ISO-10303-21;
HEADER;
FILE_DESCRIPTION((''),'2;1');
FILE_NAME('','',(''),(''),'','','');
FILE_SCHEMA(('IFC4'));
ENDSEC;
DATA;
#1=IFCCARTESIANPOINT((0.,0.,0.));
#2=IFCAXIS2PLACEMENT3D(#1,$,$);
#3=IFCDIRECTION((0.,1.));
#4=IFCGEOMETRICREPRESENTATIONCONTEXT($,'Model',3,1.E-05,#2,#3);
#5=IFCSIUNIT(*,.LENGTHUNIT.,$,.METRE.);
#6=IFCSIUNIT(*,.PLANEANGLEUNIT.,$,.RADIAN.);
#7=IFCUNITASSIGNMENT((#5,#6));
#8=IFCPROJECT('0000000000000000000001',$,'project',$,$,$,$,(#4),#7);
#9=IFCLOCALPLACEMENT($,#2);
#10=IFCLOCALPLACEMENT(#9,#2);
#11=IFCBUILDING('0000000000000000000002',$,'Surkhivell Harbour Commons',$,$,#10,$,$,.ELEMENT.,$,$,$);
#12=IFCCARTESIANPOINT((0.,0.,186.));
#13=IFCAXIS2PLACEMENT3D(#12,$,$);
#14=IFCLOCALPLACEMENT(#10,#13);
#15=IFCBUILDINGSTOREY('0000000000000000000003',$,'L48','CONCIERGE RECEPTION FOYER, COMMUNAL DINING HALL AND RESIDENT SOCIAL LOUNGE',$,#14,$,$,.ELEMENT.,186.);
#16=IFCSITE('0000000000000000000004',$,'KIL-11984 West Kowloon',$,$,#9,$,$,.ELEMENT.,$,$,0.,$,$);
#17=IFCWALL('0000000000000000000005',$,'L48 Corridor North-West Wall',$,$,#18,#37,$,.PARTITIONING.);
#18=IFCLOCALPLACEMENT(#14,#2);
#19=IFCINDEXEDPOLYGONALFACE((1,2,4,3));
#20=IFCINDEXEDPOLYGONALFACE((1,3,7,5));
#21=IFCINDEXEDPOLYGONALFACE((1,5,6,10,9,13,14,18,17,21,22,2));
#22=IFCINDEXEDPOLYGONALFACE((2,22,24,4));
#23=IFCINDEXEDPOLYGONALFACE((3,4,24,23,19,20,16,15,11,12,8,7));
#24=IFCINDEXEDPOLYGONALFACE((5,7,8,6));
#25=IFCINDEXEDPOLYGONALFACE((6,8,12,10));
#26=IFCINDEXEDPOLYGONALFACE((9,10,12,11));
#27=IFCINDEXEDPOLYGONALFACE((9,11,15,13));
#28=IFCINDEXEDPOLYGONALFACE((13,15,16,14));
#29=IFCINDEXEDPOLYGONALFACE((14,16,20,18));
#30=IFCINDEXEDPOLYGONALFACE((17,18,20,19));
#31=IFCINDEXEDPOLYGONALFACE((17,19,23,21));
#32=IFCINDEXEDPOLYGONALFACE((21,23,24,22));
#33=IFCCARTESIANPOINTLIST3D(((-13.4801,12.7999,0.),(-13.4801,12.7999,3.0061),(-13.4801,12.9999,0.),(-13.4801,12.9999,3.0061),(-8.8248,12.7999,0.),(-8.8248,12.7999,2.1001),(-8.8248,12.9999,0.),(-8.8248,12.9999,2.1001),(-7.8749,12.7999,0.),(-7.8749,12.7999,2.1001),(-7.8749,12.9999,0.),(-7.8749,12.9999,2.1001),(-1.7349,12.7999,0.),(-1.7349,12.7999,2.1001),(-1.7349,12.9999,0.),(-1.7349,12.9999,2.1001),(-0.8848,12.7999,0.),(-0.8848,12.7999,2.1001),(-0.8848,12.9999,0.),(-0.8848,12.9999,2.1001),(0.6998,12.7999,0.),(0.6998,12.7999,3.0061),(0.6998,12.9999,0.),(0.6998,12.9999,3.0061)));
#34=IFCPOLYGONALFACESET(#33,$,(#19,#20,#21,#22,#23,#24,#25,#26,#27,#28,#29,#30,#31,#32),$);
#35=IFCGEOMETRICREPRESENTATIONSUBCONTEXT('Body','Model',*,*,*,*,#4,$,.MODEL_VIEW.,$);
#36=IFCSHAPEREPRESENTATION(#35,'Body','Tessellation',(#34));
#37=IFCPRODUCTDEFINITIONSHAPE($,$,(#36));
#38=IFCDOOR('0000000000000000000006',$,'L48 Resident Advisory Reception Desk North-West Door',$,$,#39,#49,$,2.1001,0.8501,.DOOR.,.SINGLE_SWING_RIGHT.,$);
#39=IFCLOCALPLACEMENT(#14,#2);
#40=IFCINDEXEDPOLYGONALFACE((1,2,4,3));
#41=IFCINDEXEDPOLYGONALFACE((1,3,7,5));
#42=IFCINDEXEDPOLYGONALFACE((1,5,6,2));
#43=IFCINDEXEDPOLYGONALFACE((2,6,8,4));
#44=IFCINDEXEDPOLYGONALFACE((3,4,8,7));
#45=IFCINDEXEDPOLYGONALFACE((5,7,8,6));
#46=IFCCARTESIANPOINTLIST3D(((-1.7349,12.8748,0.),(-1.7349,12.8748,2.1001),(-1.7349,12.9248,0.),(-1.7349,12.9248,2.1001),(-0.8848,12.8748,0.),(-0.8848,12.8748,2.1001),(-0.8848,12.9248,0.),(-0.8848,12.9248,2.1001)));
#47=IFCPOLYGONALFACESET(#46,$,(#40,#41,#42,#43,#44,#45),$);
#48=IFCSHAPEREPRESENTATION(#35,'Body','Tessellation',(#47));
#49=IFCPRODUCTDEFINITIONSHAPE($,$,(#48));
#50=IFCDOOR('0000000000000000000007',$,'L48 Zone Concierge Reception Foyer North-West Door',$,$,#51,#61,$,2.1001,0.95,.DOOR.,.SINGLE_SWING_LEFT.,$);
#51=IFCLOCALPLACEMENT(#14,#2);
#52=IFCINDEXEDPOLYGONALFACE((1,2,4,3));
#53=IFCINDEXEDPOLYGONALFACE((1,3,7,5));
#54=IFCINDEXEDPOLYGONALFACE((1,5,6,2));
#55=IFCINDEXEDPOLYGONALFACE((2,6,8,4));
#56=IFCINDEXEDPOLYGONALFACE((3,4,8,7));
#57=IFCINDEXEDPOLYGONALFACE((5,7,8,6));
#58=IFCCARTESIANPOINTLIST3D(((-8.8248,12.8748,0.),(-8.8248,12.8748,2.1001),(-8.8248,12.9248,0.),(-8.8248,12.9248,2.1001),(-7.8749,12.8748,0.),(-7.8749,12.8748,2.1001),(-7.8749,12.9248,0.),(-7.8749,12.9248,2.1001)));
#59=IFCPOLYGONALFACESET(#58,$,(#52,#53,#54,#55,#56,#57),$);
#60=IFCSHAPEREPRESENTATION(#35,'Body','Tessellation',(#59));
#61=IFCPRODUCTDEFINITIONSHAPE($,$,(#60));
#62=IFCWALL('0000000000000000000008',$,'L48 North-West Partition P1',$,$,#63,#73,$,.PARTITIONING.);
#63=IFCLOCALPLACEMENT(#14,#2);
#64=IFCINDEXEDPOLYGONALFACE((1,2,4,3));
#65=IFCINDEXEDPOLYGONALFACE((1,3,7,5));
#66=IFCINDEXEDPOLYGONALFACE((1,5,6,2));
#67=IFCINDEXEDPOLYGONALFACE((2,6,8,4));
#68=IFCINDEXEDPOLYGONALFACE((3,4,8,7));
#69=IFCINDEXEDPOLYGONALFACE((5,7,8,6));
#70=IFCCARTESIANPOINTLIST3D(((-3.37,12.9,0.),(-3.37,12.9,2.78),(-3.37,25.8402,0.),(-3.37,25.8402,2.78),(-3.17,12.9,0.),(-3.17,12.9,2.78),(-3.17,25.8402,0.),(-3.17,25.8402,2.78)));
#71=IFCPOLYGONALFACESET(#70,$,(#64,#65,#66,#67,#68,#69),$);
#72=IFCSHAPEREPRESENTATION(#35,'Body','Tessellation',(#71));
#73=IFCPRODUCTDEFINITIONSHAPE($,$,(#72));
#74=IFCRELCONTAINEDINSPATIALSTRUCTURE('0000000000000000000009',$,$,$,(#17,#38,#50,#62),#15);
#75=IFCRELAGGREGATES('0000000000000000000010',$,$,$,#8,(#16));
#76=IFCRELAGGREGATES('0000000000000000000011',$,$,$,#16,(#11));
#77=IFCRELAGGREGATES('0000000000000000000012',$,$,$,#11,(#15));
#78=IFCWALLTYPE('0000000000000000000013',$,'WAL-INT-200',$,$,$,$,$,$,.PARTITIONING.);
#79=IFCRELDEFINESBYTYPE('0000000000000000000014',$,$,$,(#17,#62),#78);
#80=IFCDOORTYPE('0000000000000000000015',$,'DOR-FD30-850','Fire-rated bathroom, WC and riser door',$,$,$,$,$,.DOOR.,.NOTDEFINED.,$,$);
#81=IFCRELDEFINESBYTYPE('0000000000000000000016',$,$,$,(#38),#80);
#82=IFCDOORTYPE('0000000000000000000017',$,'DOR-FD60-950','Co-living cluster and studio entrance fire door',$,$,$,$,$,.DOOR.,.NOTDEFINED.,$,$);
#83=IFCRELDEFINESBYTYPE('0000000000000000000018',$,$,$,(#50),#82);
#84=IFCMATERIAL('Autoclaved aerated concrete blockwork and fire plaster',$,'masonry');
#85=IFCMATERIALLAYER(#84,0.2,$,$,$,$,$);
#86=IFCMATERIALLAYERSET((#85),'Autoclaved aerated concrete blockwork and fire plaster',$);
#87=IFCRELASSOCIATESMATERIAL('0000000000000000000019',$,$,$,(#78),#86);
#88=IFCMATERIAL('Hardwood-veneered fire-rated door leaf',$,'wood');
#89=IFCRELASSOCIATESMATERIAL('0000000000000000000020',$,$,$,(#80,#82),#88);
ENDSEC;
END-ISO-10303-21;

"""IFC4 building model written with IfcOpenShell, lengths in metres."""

from ifc_helpers import new_model, si_unit, direction, frame, frame_2d, origin, place, context, subcontext, project, spatial, rectangle, extrude, material, layer, layer_set, type_object, element, fill, save


model = new_model("IFC4")

# Units and contexts
model_context = context("Model", 3, precision=1e-05, world=origin(), true_north=direction((0.0, 1.0)))
body_context = subcontext(model_context, "Body", "Model", "MODEL_VIEW")
ifc_project = project(units=[si_unit("LENGTHUNIT", "METRE"), si_unit("PLANEANGLEUNIT", "RADIAN")], contexts=[model_context])

# Site, building, storey
site_placement = place(None, origin())
site = spatial("IfcSite", under=ifc_project, at=site_placement, Name="KIL-11984 West Kowloon", CompositionType="ELEMENT", RefElevation=0.0)
building_placement = place(site_placement, origin())
building = spatial("IfcBuilding", under=site, at=building_placement, Name="Surkhivell Harbour Commons", CompositionType="ELEMENT")
storey_placement = place(building_placement, frame((0.0, 0.0, 186.0)))
storey = spatial("IfcBuildingStorey", under=building, at=storey_placement, Name="L48", Description="CONCIERGE RECEPTION FOYER, COMMUNAL DINING HALL AND RESIDENT SOCIAL LOUNGE", CompositionType="ELEMENT", Elevation=186.0)

# Shared definitions
ifc_material_1 = material(Name="Hardwood-veneered fire-rated door leaf", Category="wood")

# Shared definitions
ifc_material_2 = material(Name="Autoclaved aerated concrete blockwork and fire plaster", Category="masonry")
ifc_layer_1 = layer(ifc_material_2, 0.2)
ifc_layer_set_1 = layer_set([ifc_layer_1], Name="Autoclaved aerated concrete blockwork and fire plaster")
wall_type_1 = type_object("IfcWallType", Name="WAL-INT-200", PredefinedType="PARTITIONING", material=ifc_layer_set_1)

# Wall, openings, doors
wall_1_placement = place(storey_placement, frame((-13.48, 12.8999, 0.0), z_axis=(0.0, 0.0, 1.0), x_axis=(1.0, 0.0, 0.0)))
wall_1 = element("IfcWall", 1, at=wall_1_placement, inside=storey, type_object=wall_type_1, Name="L48 Corridor North-West Wall", PredefinedType="PARTITIONING", context=body_context, shape_type="SweptSolid", body=[
    extrude(rectangle(XDim=14.1799, YDim=0.2, at=frame_2d((7.0898, 0.0))), origin(), (0.0, 0.0, 1.0), 3.0061),
])
opening_1_placement = place(wall_1_placement, frame((4.655, 0.0, 0.0)))
opening_1 = element("IfcOpeningElement", 2, at=opening_1_placement, cuts=wall_1, PredefinedType="OPENING", context=body_context, shape_type="SweptSolid", body=[
    extrude(rectangle(XDim=0.95, YDim=2.1001, at=frame_2d((0.4751, 1.05))), frame((0.0, 0.1099, 0.0), z_axis=(0.0, -1.0, 0.0), x_axis=(1.0, 0.0, 0.0)), (0.0, 0.0, 1.0), 0.22),
])
opening_2_placement = place(wall_1_placement, frame((11.7451, 0.0, 0.0)))
opening_2 = element("IfcOpeningElement", 3, at=opening_2_placement, cuts=wall_1, PredefinedType="OPENING", context=body_context, shape_type="SweptSolid", body=[
    extrude(rectangle(XDim=0.8501, YDim=2.1001, at=frame_2d((0.425, 1.05))), frame((0.0, 0.1099, 0.0), z_axis=(0.0, -1.0, 0.0), x_axis=(1.0, 0.0, 0.0)), (0.0, 0.0, 1.0), 0.22),
])
door_type_1 = type_object("IfcDoorType", Name="DOR-FD30-850", Description="Fire-rated bathroom, WC and riser door", OperationType="NOTDEFINED", PredefinedType="DOOR", material=ifc_material_1)
door_1_placement = place(opening_2_placement, origin())
door_1 = element("IfcDoor", 4, at=door_1_placement, inside=storey, type_object=door_type_1, Name="L48 Resident Advisory Reception Desk North-West Door", OperationType="SINGLE_SWING_RIGHT", OverallHeight=2.1001, OverallWidth=0.8501, PredefinedType="DOOR", context=body_context, shape_type="SweptSolid", body=[
    extrude(rectangle(XDim=0.8501, YDim=2.1001, at=frame_2d((0.425, 1.05))), frame((0.0, 0.0249, 0.0), z_axis=(0.0, -1.0, 0.0), x_axis=(1.0, 0.0, 0.0)), (0.0, 0.0, 1.0), 0.05),
])
fill(opening_2, door_1)
door_type_2 = type_object("IfcDoorType", Name="DOR-FD60-950", Description="Co-living cluster and studio entrance fire door", OperationType="NOTDEFINED", PredefinedType="DOOR", material=ifc_material_1)
door_2_placement = place(opening_1_placement, origin())
door_2 = element("IfcDoor", 5, at=door_2_placement, inside=storey, type_object=door_type_2, Name="L48 Zone Concierge Reception Foyer North-West Door", OperationType="SINGLE_SWING_LEFT", OverallHeight=2.1001, OverallWidth=0.95, PredefinedType="DOOR", context=body_context, shape_type="SweptSolid", body=[
    extrude(rectangle(XDim=0.95, YDim=2.1001, at=frame_2d((0.4751, 1.05))), frame((0.0, 0.0249, 0.0), z_axis=(0.0, -1.0, 0.0), x_axis=(1.0, 0.0, 0.0)), (0.0, 0.0, 1.0), 0.05),
])
fill(opening_1, door_2)

# Wall
wall_2_placement = place(storey_placement, frame((-3.27, 12.8999, 0.0), z_axis=(0.0, 0.0, 1.0), x_axis=(0.0, 1.0, 0.0)))
element("IfcWall", 6, at=wall_2_placement, inside=storey, type_object=wall_type_1, Name="L48 North-West Partition P1", PredefinedType="PARTITIONING", context=body_context, shape_type="SweptSolid", body=[
    extrude(rectangle(XDim=12.9402, YDim=0.2, at=frame_2d((6.4702, 0.0))), origin(), (0.0, 0.0, 1.0), 2.78),
])

save(model, "model.ifc")
